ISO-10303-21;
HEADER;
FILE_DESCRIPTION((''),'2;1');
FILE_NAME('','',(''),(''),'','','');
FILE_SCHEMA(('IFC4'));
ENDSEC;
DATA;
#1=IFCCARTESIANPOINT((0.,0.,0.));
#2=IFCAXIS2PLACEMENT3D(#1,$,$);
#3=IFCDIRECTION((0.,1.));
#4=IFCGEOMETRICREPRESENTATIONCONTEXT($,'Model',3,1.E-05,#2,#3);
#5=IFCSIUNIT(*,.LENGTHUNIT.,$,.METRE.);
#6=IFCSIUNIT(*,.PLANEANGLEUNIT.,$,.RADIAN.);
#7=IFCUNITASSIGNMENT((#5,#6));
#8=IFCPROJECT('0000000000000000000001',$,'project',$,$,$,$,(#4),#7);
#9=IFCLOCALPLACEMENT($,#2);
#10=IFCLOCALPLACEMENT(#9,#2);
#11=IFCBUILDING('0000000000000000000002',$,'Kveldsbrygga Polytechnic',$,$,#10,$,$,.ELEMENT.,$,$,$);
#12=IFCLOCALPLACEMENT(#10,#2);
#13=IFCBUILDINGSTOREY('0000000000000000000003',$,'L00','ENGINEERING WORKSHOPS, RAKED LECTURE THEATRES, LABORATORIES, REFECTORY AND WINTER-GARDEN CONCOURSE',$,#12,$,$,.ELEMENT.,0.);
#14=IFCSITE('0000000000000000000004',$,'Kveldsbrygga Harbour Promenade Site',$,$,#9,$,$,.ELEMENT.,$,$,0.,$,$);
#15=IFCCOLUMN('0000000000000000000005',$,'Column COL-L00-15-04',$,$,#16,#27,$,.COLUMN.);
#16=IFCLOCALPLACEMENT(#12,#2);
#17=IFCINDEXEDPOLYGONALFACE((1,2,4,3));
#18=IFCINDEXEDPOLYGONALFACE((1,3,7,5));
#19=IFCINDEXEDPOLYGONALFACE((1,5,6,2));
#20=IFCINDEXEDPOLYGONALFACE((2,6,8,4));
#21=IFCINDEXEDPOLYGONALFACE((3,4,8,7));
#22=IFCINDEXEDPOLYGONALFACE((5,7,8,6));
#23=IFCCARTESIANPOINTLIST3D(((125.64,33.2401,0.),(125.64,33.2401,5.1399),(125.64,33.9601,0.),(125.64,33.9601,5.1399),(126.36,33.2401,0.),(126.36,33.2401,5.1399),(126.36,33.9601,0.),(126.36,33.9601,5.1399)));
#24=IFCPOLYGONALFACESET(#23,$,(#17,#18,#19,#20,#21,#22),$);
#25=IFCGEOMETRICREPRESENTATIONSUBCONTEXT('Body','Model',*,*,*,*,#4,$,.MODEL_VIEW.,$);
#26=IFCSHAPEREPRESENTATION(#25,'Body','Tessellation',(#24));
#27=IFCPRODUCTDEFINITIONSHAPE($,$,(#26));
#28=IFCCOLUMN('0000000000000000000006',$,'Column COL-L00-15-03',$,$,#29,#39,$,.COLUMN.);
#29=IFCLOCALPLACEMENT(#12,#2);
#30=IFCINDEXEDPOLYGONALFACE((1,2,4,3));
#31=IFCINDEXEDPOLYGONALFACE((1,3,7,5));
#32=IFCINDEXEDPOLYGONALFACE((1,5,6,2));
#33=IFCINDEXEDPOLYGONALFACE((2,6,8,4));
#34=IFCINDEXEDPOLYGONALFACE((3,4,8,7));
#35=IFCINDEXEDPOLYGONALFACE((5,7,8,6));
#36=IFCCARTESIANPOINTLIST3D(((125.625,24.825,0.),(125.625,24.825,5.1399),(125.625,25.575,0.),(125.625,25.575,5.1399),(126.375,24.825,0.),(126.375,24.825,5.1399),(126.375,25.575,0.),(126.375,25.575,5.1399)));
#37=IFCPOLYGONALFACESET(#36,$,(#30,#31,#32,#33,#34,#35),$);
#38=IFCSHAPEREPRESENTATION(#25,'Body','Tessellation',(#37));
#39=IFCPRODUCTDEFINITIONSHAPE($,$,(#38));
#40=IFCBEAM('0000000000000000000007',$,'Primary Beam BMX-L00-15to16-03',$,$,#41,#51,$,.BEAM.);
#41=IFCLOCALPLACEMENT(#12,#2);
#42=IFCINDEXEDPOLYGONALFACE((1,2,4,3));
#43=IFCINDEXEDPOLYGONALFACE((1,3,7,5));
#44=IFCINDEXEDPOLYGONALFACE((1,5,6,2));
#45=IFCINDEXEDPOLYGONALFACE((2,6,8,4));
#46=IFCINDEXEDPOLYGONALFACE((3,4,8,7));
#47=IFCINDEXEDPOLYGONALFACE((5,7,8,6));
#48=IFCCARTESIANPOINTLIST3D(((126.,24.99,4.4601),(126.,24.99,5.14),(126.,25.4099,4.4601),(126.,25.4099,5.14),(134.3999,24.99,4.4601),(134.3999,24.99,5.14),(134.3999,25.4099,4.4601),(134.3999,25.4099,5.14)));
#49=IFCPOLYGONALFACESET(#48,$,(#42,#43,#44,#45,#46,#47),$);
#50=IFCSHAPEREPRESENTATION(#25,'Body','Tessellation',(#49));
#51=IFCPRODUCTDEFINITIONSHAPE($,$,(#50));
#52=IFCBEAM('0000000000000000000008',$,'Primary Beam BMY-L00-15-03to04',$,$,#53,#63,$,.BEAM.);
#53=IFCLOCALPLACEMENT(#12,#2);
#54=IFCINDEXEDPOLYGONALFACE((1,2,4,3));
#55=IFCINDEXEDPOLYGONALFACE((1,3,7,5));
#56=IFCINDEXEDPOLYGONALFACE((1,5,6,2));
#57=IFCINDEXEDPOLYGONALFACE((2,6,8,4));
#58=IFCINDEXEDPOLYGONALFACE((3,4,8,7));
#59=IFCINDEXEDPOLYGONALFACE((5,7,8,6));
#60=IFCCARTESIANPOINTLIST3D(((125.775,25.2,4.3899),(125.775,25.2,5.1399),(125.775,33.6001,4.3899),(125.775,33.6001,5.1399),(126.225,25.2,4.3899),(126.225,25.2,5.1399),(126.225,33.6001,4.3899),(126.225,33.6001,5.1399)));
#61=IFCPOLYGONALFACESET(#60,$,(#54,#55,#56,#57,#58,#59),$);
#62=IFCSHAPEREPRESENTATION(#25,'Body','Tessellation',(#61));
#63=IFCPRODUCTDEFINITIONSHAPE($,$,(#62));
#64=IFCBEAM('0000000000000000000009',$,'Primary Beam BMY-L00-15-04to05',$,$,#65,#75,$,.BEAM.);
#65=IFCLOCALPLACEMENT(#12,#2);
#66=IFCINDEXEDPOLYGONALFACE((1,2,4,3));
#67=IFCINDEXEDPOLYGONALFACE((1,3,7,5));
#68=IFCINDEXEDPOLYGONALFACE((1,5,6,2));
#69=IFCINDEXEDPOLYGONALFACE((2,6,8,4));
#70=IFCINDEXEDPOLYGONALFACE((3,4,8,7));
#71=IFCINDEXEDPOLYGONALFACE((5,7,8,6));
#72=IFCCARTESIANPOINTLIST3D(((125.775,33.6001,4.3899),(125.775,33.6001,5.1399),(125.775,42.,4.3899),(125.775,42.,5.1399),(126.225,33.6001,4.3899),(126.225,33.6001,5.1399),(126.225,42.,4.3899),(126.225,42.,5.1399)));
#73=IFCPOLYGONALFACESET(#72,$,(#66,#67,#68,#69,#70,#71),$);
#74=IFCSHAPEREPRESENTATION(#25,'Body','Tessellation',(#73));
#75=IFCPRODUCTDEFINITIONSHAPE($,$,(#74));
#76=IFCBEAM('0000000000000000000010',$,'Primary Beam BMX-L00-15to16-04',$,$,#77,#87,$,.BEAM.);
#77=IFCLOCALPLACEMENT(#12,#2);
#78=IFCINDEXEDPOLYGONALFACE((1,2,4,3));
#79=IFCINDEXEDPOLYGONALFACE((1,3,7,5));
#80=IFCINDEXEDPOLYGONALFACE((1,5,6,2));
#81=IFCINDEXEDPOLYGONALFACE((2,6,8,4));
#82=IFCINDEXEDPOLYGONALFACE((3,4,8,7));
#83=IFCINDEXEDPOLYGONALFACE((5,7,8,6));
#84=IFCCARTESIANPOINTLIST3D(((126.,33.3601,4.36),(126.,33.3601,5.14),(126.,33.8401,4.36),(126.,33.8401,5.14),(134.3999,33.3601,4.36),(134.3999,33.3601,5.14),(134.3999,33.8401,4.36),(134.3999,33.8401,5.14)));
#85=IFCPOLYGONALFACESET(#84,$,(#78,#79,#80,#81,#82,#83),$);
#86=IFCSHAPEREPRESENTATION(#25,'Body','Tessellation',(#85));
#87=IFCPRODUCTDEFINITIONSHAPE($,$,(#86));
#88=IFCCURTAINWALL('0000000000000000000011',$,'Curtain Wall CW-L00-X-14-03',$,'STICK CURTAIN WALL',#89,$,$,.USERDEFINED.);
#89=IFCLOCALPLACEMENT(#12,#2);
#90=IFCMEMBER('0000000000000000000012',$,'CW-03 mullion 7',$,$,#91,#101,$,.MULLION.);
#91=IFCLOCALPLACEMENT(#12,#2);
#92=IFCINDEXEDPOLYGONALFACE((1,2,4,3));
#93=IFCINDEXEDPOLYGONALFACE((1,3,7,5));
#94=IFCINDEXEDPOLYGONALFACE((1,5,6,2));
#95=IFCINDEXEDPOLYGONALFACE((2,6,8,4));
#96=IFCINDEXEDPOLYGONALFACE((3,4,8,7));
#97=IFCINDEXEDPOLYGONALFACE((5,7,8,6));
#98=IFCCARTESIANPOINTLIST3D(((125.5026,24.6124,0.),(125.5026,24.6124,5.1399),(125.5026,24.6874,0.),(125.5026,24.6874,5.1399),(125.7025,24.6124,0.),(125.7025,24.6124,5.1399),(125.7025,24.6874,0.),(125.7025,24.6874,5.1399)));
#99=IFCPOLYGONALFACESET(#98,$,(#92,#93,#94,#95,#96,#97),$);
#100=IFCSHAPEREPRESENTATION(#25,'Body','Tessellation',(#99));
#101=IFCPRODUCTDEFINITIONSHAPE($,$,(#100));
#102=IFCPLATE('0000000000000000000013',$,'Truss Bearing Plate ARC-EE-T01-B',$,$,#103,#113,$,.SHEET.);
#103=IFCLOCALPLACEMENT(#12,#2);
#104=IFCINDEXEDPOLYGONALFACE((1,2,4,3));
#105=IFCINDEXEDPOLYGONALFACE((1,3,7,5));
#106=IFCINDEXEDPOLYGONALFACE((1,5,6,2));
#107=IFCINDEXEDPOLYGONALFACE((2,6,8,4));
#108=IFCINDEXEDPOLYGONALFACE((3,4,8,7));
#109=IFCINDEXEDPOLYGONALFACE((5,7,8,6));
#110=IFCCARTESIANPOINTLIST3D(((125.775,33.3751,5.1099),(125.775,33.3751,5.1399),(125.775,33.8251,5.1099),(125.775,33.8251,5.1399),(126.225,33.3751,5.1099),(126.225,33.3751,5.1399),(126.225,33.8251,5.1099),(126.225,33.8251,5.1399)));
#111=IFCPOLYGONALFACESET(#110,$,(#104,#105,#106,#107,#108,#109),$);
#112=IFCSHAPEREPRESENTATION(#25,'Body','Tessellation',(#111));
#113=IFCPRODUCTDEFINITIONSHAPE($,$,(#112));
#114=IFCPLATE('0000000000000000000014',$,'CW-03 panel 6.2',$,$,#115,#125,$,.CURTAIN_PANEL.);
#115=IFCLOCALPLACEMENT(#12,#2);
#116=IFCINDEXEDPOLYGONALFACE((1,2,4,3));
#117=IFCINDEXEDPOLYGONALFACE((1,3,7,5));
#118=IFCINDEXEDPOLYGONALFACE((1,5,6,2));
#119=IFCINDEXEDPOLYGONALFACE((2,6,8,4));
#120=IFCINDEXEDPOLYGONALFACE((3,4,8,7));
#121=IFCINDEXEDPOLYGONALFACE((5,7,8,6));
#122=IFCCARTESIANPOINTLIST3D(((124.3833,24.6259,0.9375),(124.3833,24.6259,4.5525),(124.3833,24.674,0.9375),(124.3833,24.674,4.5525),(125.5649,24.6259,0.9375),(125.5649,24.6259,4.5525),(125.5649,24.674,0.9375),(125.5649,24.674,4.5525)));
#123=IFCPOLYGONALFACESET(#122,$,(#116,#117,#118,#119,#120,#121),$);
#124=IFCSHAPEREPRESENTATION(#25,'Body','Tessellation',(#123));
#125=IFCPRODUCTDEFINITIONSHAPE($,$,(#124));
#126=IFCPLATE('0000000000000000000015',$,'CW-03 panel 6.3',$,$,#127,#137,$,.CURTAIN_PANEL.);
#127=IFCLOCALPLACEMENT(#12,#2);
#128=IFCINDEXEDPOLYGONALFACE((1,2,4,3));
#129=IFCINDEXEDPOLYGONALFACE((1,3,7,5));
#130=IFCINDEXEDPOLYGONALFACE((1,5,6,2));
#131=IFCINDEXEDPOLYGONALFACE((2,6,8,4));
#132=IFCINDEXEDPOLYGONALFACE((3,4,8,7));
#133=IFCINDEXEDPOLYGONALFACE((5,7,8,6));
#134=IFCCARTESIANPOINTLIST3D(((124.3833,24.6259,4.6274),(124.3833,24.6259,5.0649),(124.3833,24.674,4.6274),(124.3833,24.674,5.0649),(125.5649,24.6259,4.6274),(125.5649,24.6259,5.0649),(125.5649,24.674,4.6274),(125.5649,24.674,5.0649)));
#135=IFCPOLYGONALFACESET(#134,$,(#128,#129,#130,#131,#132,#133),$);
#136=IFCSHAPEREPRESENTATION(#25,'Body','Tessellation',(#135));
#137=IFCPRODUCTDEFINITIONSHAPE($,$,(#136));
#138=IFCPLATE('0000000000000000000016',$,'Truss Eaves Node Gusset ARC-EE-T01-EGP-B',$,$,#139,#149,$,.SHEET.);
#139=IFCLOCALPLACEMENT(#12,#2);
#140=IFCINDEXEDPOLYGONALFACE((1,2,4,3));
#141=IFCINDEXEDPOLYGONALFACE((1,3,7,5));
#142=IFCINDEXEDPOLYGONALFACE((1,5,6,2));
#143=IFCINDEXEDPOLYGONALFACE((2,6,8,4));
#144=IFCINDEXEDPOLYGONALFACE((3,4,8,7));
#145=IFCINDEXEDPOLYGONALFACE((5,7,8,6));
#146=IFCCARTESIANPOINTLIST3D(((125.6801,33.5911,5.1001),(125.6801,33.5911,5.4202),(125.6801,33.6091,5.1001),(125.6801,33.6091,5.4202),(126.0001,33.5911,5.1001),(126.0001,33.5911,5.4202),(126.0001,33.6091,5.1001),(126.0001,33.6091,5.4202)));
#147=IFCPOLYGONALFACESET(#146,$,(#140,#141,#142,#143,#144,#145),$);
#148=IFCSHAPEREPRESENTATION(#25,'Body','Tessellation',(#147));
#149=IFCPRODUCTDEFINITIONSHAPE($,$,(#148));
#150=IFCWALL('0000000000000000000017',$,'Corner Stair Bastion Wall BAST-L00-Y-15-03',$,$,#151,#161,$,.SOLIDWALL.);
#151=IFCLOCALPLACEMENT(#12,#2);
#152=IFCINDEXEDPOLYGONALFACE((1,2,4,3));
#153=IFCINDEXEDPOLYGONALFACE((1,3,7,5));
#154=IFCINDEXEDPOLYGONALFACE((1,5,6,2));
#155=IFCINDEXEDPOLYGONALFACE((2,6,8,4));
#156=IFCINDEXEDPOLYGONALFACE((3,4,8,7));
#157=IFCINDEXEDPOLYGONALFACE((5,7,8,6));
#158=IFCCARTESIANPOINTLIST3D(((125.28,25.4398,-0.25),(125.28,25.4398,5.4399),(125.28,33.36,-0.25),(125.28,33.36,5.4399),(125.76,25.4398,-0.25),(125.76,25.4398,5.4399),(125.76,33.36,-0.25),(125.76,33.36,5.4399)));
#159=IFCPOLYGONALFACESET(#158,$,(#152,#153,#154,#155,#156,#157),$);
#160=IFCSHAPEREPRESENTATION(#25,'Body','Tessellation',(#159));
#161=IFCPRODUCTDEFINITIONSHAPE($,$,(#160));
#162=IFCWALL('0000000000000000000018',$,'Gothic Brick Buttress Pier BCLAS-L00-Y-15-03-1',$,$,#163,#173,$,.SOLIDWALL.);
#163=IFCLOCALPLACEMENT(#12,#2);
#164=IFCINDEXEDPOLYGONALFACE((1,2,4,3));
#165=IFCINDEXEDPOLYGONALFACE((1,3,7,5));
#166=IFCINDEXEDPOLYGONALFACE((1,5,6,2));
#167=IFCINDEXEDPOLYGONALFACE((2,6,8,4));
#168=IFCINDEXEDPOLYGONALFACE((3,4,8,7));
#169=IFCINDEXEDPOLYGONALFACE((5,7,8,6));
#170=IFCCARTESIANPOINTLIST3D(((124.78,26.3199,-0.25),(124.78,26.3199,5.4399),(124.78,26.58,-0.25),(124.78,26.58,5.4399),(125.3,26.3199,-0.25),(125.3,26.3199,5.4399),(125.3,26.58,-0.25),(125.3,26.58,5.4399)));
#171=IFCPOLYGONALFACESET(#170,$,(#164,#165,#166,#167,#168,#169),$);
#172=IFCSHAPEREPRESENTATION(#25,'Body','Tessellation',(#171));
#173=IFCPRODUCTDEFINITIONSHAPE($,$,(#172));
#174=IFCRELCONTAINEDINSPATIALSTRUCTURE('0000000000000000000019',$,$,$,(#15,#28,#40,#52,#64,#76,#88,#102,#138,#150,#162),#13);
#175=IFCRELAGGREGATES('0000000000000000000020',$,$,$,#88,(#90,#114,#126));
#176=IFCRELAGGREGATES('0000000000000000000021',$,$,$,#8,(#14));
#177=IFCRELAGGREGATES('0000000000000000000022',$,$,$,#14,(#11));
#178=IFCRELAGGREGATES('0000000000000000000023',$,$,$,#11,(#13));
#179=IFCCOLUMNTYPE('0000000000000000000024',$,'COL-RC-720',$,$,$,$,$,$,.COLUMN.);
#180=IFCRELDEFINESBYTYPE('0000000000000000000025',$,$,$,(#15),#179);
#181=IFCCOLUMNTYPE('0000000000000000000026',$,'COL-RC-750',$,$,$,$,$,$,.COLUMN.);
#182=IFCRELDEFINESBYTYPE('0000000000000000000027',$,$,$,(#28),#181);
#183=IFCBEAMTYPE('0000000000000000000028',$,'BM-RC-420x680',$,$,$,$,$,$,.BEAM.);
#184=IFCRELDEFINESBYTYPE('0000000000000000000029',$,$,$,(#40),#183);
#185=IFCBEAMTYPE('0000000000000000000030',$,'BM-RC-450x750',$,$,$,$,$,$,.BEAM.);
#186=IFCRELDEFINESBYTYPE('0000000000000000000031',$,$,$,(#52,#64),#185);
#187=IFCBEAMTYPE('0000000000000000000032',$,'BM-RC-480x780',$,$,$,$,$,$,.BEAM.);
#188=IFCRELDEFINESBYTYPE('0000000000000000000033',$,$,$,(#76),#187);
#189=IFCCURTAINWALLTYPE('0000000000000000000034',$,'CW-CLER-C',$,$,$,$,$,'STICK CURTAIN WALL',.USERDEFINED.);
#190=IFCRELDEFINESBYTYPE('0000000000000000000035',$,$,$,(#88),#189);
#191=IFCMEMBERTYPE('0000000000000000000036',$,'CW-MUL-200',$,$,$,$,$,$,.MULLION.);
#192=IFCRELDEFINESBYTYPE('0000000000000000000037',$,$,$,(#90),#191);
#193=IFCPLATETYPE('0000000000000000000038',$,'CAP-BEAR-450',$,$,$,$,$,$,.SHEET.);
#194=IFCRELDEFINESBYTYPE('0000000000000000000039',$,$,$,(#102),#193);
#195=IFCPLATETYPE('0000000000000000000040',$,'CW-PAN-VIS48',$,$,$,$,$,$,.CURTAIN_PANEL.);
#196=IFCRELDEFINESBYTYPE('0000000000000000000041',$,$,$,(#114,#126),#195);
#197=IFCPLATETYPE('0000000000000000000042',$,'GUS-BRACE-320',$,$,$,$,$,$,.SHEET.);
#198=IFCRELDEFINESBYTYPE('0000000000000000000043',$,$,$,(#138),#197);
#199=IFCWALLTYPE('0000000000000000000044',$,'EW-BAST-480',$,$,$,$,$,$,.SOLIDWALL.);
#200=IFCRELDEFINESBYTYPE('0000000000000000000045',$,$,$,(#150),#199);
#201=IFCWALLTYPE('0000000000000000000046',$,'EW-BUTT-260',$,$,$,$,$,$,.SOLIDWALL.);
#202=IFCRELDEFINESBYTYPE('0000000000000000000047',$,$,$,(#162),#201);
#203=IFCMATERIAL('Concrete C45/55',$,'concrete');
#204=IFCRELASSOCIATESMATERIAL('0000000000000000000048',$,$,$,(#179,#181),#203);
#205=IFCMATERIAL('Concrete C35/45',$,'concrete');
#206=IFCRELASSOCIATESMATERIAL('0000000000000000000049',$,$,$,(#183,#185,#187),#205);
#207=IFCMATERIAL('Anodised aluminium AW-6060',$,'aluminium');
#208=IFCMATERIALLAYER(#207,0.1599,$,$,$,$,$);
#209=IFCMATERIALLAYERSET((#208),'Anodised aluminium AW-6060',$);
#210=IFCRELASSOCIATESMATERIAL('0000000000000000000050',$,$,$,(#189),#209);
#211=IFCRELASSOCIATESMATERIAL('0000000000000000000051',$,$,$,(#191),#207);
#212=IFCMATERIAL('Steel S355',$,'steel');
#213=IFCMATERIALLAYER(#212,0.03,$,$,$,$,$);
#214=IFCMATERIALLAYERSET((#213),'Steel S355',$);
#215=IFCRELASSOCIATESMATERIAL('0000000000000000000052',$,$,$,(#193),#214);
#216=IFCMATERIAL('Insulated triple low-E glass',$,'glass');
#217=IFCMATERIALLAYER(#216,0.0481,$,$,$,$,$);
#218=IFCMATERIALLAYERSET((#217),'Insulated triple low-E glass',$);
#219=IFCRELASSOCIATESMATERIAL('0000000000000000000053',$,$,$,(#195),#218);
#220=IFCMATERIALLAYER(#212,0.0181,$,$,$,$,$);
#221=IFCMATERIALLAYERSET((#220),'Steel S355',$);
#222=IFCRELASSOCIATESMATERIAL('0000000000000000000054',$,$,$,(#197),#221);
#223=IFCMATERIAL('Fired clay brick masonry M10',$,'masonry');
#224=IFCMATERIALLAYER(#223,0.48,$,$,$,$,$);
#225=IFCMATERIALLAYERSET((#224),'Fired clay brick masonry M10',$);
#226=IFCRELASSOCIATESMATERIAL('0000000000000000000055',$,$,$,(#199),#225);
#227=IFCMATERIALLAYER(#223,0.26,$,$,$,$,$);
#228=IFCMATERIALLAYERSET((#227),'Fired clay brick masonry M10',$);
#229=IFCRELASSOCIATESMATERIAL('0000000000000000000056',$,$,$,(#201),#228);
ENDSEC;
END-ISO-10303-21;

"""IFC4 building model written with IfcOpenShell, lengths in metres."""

from ifc_helpers import new_model, si_unit, direction, frame, frame_2d, origin, origin_2d, place, context, subcontext, project, spatial, rectangle, extrude, material, layer, layer_set, material_profile, profile_set, type_object, element, aggregate, save


model = new_model("IFC4")

# Units and contexts
model_context = context("Model", 3, precision=1e-05, world=origin(), true_north=direction((0.0, 1.0)))
body_context = subcontext(model_context, "Body", "Model", "MODEL_VIEW")
ifc_project = project(units=[si_unit("LENGTHUNIT", "METRE"), si_unit("PLANEANGLEUNIT", "RADIAN")], contexts=[model_context])

# Site, building, storey
site_placement = place(None, origin())
site = spatial("IfcSite", under=ifc_project, at=site_placement, Name="Kveldsbrygga Harbour Promenade Site", CompositionType="ELEMENT", RefElevation=0.0)
building_placement = place(site_placement, origin())
building = spatial("IfcBuilding", under=site, at=building_placement, Name="Kveldsbrygga Polytechnic", CompositionType="ELEMENT")
storey_placement = place(building_placement, origin())
storey = spatial("IfcBuildingStorey", under=building, at=storey_placement, Name="L00", Description="ENGINEERING WORKSHOPS, RAKED LECTURE THEATRES, LABORATORIES, REFECTORY AND WINTER-GARDEN CONCOURSE", CompositionType="ELEMENT", Elevation=0.0)

# Columns
ifc_material_1 = material(Name="Concrete C45/55", Category="concrete")
ifc_material_profile_1 = material_profile(ifc_material_1, rectangle(XDim=0.72, YDim=0.72, at=origin_2d()), Name="RC 720x720")
ifc_profile_set_1 = profile_set([ifc_material_profile_1], Name="Concrete C45/55")
column_type_1 = type_object("IfcColumnType", Name="COL-RC-720", PredefinedType="COLUMN", material=ifc_profile_set_1)
column_1_placement = place(storey_placement, frame((126.0, 33.6001, 0.0), z_axis=(0.0, 0.0, 1.0), x_axis=(1.0, 0.0, 0.0)))
element("IfcColumn", 1, at=column_1_placement, inside=storey, type_object=column_type_1, Name="Column COL-L00-15-04", PredefinedType="COLUMN", context=body_context, shape_type="SweptSolid", body=[
    extrude(rectangle(XDim=0.72, YDim=0.72, at=origin_2d()), origin(), (0.0, 0.0, 1.0), 5.1399),
])
ifc_material_profile_2 = material_profile(ifc_material_1, rectangle(XDim=0.75, YDim=0.75, at=origin_2d()), Name="RC 750x750")
ifc_profile_set_2 = profile_set([ifc_material_profile_2], Name="Concrete C45/55")
column_type_2 = type_object("IfcColumnType", Name="COL-RC-750", PredefinedType="COLUMN", material=ifc_profile_set_2)
column_2_placement = place(storey_placement, frame((126.0, 25.2, 0.0), z_axis=(0.0, 0.0, 1.0), x_axis=(1.0, 0.0, 0.0)))
element("IfcColumn", 2, at=column_2_placement, inside=storey, type_object=column_type_2, Name="Column COL-L00-15-03", PredefinedType="COLUMN", context=body_context, shape_type="SweptSolid", body=[
    extrude(rectangle(XDim=0.75, YDim=0.75, at=origin_2d()), origin(), (0.0, 0.0, 1.0), 5.1399),
])

# Beams
ifc_material_2 = material(Name="Concrete C35/45", Category="concrete")
ifc_material_profile_3 = material_profile(ifc_material_2, rectangle(XDim=0.4199, YDim=0.6799, at=origin_2d()), Name="RC 420x680")
ifc_profile_set_3 = profile_set([ifc_material_profile_3], Name="Concrete C35/45")
beam_type_1 = type_object("IfcBeamType", Name="BM-RC-420x680", PredefinedType="BEAM", material=ifc_profile_set_3)
beam_1_placement = place(storey_placement, frame((126.0, 25.2, 4.8), z_axis=(1.0, 0.0, 0.0), x_axis=(0.0, 1.0, 0.0)))
element("IfcBeam", 3, at=beam_1_placement, inside=storey, type_object=beam_type_1, Name="Primary Beam BMX-L00-15to16-03", PredefinedType="BEAM", context=body_context, shape_type="SweptSolid", body=[
    extrude(rectangle(XDim=0.4199, YDim=0.6799, at=origin_2d()), origin(), (0.0, 0.0, 1.0), 8.3999),
])
ifc_material_profile_4 = material_profile(ifc_material_2, rectangle(XDim=0.45, YDim=0.75, at=origin_2d()), Name="RC 450x750")
ifc_profile_set_4 = profile_set([ifc_material_profile_4], Name="Concrete C35/45")
beam_type_2 = type_object("IfcBeamType", Name="BM-RC-450x750", PredefinedType="BEAM", material=ifc_profile_set_4)
beam_2_placement = place(storey_placement, frame((126.0, 25.2, 4.7649), z_axis=(0.0, 1.0, 0.0), x_axis=(-1.0, 0.0, 0.0)))
element("IfcBeam", 4, at=beam_2_placement, inside=storey, type_object=beam_type_2, Name="Primary Beam BMY-L00-15-03to04", PredefinedType="BEAM", context=body_context, shape_type="SweptSolid", body=[
    extrude(rectangle(XDim=0.45, YDim=0.75, at=origin_2d()), origin(), (0.0, 0.0, 1.0), 8.4001),
])
beam_3_placement = place(storey_placement, frame((126.0, 33.6001, 4.7649), z_axis=(0.0, 1.0, 0.0), x_axis=(-1.0, 0.0, 0.0)))
element("IfcBeam", 5, at=beam_3_placement, inside=storey, type_object=beam_type_2, Name="Primary Beam BMY-L00-15-04to05", PredefinedType="BEAM", context=body_context, shape_type="SweptSolid", body=[
    extrude(rectangle(XDim=0.45, YDim=0.75, at=origin_2d()), origin(), (0.0, 0.0, 1.0), 8.3999),
])
ifc_material_profile_5 = material_profile(ifc_material_2, rectangle(XDim=0.48, YDim=0.78, at=origin_2d()), Name="RC 480x780")
ifc_profile_set_5 = profile_set([ifc_material_profile_5], Name="Concrete C35/45")
beam_type_3 = type_object("IfcBeamType", Name="BM-RC-480x780", PredefinedType="BEAM", material=ifc_profile_set_5)
beam_4_placement = place(storey_placement, frame((126.0, 33.6001, 4.75), z_axis=(1.0, 0.0, 0.0), x_axis=(0.0, 1.0, 0.0)))
element("IfcBeam", 6, at=beam_4_placement, inside=storey, type_object=beam_type_3, Name="Primary Beam BMX-L00-15to16-04", PredefinedType="BEAM", context=body_context, shape_type="SweptSolid", body=[
    extrude(rectangle(XDim=0.48, YDim=0.78, at=origin_2d()), origin(), (0.0, 0.0, 1.0), 8.3999),
])

# Curtain wall, member
ifc_material_3 = material(Name="Anodised aluminium AW-6060", Category="aluminium")
ifc_layer_1 = layer(ifc_material_3, 0.1599)
ifc_layer_set_1 = layer_set([ifc_layer_1], Name="Anodised aluminium AW-6060")
curtain_wall_type = type_object("IfcCurtainWallType", Name="CW-CLER-C", ElementType="STICK CURTAIN WALL", PredefinedType="USERDEFINED", material=ifc_layer_set_1)
curtain_wall_placement = place(storey_placement, origin())
curtain_wall = element("IfcCurtainWall", 7, at=curtain_wall_placement, inside=storey, type_object=curtain_wall_type, Name="Curtain Wall CW-L00-X-14-03", ObjectType="STICK CURTAIN WALL", PredefinedType="USERDEFINED")
ifc_material_profile_6 = material_profile(ifc_material_3, rectangle(XDim=0.075, YDim=0.2, at=origin_2d()), Name="ALU 75x200")
ifc_profile_set_6 = profile_set([ifc_material_profile_6], Name="Anodised aluminium AW-6060")
member_type = type_object("IfcMemberType", Name="CW-MUL-200", PredefinedType="MULLION", material=ifc_profile_set_6)
member_placement = place(storey_placement, frame((125.6025, 24.6499, 0.0), z_axis=(0.0, 0.0, 1.0), x_axis=(0.0, 1.0, 0.0)))
member = element("IfcMember", 8, at=member_placement, type_object=member_type, Name="CW-03 mullion 7", PredefinedType="MULLION", context=body_context, shape_type="SweptSolid", body=[
    extrude(rectangle(XDim=0.075, YDim=0.2, at=origin_2d()), origin(), (0.0, 0.0, 1.0), 5.1399),
])

# Plates
ifc_material_4 = material(Name="Steel S355", Category="steel")
ifc_layer_2 = layer(ifc_material_4, 0.03)
ifc_layer_set_2 = layer_set([ifc_layer_2], Name="Steel S355")
plate_type_1 = type_object("IfcPlateType", Name="CAP-BEAR-450", PredefinedType="SHEET", material=ifc_layer_set_2)
plate_1_placement = place(storey_placement, frame((126.0, 33.6001, 5.1099), z_axis=(0.0, 0.0, 1.0), x_axis=(1.0, 0.0, 0.0)))
element("IfcPlate", 9, at=plate_1_placement, inside=storey, type_object=plate_type_1, Name="Truss Bearing Plate ARC-EE-T01-B", PredefinedType="SHEET", context=body_context, shape_type="SweptSolid", body=[
    extrude(rectangle(XDim=0.45, YDim=0.45, at=origin_2d()), origin(), (0.0, 0.0, 1.0), 0.03),
])
ifc_material_5 = material(Name="Insulated triple low-E glass", Category="glass")
ifc_layer_3 = layer(ifc_material_5, 0.0481)
ifc_layer_set_3 = layer_set([ifc_layer_3], Name="Insulated triple low-E glass")
plate_type_2 = type_object("IfcPlateType", Name="CW-PAN-VIS48", PredefinedType="CURTAIN_PANEL", material=ifc_layer_set_3)
plate_2_placement = place(storey_placement, frame((124.9741, 24.6499, 0.9375), z_axis=(0.0, 0.0, 1.0), x_axis=(1.0, 0.0, 0.0)))
plate_2 = element("IfcPlate", 10, at=plate_2_placement, type_object=plate_type_2, Name="CW-03 panel 6.2", PredefinedType="CURTAIN_PANEL", context=body_context, shape_type="SweptSolid", body=[
    extrude(rectangle(XDim=1.1816, YDim=0.0481, at=origin_2d()), origin(), (0.0, 0.0, 1.0), 3.615),
])
plate_3_placement = place(storey_placement, frame((124.9741, 24.6499, 4.6274), z_axis=(0.0, 0.0, 1.0), x_axis=(1.0, 0.0, 0.0)))
plate_3 = element("IfcPlate", 11, at=plate_3_placement, type_object=plate_type_2, Name="CW-03 panel 6.3", PredefinedType="CURTAIN_PANEL", context=body_context, shape_type="SweptSolid", body=[
    extrude(rectangle(XDim=1.1816, YDim=0.0481, at=origin_2d()), origin(), (0.0, 0.0, 1.0), 0.4375),
])
aggregate(curtain_wall, [member, plate_2, plate_3])
ifc_layer_4 = layer(ifc_material_4, 0.0181)
ifc_layer_set_4 = layer_set([ifc_layer_4], Name="Steel S355")
plate_type_3 = type_object("IfcPlateType", Name="GUS-BRACE-320", PredefinedType="SHEET", material=ifc_layer_set_4)
plate_4_placement = place(storey_placement, frame((125.8401, 33.6001, 5.1001), z_axis=(0.0, 0.0, 1.0), x_axis=(1.0, 0.0, 0.0)))
element("IfcPlate", 12, at=plate_4_placement, inside=storey, type_object=plate_type_3, Name="Truss Eaves Node Gusset ARC-EE-T01-EGP-B", PredefinedType="SHEET", context=body_context, shape_type="SweptSolid", body=[
    extrude(rectangle(XDim=0.3201, YDim=0.0181, at=origin_2d()), origin(), (0.0, 0.0, 1.0), 0.3201),
])

# Walls
ifc_material_6 = material(Name="Fired clay brick masonry M10", Category="masonry")
ifc_layer_5 = layer(ifc_material_6, 0.48)
ifc_layer_set_5 = layer_set([ifc_layer_5], Name="Fired clay brick masonry M10")
wall_type_1 = type_object("IfcWallType", Name="EW-BAST-480", PredefinedType="SOLIDWALL", material=ifc_layer_set_5)
wall_1_placement = place(storey_placement, frame((125.52, 25.4399, -0.25), z_axis=(0.0, 0.0, 1.0), x_axis=(0.0, 1.0, 0.0)))
element("IfcWall", 13, at=wall_1_placement, inside=storey, type_object=wall_type_1, Name="Corner Stair Bastion Wall BAST-L00-Y-15-03", PredefinedType="SOLIDWALL", context=body_context, shape_type="SweptSolid", body=[
    extrude(rectangle(XDim=7.9202, YDim=0.48, at=frame_2d((3.96, 0.0))), origin(), (0.0, 0.0, 1.0), 5.6899),
])
ifc_layer_6 = layer(ifc_material_6, 0.26)
ifc_layer_set_6 = layer_set([ifc_layer_6], Name="Fired clay brick masonry M10")
wall_type_2 = type_object("IfcWallType", Name="EW-BUTT-260", PredefinedType="SOLIDWALL", material=ifc_layer_set_6)
for number, where, z_axis, x_axis, name in (
    (14, (125.3, 26.45, -0.25), (0.0, 0.0, 1.0), (-1.0, 0.0, 0.0), "Gothic Brick Buttress Pier BCLAS-L00-Y-15-03-1"),
):
    element("IfcWall", number, at=place(storey_placement, frame(where, z_axis=z_axis, x_axis=x_axis)), inside=storey, type_object=wall_type_2, Name=name, PredefinedType="SOLIDWALL", context=body_context, shape_type="SweptSolid", body=[
        extrude(rectangle(XDim=0.52, YDim=0.26, at=frame_2d((0.26, 0.0))), origin(), (0.0, 0.0, 1.0), 5.6899),
    ])

save(model, "model.ifc")
